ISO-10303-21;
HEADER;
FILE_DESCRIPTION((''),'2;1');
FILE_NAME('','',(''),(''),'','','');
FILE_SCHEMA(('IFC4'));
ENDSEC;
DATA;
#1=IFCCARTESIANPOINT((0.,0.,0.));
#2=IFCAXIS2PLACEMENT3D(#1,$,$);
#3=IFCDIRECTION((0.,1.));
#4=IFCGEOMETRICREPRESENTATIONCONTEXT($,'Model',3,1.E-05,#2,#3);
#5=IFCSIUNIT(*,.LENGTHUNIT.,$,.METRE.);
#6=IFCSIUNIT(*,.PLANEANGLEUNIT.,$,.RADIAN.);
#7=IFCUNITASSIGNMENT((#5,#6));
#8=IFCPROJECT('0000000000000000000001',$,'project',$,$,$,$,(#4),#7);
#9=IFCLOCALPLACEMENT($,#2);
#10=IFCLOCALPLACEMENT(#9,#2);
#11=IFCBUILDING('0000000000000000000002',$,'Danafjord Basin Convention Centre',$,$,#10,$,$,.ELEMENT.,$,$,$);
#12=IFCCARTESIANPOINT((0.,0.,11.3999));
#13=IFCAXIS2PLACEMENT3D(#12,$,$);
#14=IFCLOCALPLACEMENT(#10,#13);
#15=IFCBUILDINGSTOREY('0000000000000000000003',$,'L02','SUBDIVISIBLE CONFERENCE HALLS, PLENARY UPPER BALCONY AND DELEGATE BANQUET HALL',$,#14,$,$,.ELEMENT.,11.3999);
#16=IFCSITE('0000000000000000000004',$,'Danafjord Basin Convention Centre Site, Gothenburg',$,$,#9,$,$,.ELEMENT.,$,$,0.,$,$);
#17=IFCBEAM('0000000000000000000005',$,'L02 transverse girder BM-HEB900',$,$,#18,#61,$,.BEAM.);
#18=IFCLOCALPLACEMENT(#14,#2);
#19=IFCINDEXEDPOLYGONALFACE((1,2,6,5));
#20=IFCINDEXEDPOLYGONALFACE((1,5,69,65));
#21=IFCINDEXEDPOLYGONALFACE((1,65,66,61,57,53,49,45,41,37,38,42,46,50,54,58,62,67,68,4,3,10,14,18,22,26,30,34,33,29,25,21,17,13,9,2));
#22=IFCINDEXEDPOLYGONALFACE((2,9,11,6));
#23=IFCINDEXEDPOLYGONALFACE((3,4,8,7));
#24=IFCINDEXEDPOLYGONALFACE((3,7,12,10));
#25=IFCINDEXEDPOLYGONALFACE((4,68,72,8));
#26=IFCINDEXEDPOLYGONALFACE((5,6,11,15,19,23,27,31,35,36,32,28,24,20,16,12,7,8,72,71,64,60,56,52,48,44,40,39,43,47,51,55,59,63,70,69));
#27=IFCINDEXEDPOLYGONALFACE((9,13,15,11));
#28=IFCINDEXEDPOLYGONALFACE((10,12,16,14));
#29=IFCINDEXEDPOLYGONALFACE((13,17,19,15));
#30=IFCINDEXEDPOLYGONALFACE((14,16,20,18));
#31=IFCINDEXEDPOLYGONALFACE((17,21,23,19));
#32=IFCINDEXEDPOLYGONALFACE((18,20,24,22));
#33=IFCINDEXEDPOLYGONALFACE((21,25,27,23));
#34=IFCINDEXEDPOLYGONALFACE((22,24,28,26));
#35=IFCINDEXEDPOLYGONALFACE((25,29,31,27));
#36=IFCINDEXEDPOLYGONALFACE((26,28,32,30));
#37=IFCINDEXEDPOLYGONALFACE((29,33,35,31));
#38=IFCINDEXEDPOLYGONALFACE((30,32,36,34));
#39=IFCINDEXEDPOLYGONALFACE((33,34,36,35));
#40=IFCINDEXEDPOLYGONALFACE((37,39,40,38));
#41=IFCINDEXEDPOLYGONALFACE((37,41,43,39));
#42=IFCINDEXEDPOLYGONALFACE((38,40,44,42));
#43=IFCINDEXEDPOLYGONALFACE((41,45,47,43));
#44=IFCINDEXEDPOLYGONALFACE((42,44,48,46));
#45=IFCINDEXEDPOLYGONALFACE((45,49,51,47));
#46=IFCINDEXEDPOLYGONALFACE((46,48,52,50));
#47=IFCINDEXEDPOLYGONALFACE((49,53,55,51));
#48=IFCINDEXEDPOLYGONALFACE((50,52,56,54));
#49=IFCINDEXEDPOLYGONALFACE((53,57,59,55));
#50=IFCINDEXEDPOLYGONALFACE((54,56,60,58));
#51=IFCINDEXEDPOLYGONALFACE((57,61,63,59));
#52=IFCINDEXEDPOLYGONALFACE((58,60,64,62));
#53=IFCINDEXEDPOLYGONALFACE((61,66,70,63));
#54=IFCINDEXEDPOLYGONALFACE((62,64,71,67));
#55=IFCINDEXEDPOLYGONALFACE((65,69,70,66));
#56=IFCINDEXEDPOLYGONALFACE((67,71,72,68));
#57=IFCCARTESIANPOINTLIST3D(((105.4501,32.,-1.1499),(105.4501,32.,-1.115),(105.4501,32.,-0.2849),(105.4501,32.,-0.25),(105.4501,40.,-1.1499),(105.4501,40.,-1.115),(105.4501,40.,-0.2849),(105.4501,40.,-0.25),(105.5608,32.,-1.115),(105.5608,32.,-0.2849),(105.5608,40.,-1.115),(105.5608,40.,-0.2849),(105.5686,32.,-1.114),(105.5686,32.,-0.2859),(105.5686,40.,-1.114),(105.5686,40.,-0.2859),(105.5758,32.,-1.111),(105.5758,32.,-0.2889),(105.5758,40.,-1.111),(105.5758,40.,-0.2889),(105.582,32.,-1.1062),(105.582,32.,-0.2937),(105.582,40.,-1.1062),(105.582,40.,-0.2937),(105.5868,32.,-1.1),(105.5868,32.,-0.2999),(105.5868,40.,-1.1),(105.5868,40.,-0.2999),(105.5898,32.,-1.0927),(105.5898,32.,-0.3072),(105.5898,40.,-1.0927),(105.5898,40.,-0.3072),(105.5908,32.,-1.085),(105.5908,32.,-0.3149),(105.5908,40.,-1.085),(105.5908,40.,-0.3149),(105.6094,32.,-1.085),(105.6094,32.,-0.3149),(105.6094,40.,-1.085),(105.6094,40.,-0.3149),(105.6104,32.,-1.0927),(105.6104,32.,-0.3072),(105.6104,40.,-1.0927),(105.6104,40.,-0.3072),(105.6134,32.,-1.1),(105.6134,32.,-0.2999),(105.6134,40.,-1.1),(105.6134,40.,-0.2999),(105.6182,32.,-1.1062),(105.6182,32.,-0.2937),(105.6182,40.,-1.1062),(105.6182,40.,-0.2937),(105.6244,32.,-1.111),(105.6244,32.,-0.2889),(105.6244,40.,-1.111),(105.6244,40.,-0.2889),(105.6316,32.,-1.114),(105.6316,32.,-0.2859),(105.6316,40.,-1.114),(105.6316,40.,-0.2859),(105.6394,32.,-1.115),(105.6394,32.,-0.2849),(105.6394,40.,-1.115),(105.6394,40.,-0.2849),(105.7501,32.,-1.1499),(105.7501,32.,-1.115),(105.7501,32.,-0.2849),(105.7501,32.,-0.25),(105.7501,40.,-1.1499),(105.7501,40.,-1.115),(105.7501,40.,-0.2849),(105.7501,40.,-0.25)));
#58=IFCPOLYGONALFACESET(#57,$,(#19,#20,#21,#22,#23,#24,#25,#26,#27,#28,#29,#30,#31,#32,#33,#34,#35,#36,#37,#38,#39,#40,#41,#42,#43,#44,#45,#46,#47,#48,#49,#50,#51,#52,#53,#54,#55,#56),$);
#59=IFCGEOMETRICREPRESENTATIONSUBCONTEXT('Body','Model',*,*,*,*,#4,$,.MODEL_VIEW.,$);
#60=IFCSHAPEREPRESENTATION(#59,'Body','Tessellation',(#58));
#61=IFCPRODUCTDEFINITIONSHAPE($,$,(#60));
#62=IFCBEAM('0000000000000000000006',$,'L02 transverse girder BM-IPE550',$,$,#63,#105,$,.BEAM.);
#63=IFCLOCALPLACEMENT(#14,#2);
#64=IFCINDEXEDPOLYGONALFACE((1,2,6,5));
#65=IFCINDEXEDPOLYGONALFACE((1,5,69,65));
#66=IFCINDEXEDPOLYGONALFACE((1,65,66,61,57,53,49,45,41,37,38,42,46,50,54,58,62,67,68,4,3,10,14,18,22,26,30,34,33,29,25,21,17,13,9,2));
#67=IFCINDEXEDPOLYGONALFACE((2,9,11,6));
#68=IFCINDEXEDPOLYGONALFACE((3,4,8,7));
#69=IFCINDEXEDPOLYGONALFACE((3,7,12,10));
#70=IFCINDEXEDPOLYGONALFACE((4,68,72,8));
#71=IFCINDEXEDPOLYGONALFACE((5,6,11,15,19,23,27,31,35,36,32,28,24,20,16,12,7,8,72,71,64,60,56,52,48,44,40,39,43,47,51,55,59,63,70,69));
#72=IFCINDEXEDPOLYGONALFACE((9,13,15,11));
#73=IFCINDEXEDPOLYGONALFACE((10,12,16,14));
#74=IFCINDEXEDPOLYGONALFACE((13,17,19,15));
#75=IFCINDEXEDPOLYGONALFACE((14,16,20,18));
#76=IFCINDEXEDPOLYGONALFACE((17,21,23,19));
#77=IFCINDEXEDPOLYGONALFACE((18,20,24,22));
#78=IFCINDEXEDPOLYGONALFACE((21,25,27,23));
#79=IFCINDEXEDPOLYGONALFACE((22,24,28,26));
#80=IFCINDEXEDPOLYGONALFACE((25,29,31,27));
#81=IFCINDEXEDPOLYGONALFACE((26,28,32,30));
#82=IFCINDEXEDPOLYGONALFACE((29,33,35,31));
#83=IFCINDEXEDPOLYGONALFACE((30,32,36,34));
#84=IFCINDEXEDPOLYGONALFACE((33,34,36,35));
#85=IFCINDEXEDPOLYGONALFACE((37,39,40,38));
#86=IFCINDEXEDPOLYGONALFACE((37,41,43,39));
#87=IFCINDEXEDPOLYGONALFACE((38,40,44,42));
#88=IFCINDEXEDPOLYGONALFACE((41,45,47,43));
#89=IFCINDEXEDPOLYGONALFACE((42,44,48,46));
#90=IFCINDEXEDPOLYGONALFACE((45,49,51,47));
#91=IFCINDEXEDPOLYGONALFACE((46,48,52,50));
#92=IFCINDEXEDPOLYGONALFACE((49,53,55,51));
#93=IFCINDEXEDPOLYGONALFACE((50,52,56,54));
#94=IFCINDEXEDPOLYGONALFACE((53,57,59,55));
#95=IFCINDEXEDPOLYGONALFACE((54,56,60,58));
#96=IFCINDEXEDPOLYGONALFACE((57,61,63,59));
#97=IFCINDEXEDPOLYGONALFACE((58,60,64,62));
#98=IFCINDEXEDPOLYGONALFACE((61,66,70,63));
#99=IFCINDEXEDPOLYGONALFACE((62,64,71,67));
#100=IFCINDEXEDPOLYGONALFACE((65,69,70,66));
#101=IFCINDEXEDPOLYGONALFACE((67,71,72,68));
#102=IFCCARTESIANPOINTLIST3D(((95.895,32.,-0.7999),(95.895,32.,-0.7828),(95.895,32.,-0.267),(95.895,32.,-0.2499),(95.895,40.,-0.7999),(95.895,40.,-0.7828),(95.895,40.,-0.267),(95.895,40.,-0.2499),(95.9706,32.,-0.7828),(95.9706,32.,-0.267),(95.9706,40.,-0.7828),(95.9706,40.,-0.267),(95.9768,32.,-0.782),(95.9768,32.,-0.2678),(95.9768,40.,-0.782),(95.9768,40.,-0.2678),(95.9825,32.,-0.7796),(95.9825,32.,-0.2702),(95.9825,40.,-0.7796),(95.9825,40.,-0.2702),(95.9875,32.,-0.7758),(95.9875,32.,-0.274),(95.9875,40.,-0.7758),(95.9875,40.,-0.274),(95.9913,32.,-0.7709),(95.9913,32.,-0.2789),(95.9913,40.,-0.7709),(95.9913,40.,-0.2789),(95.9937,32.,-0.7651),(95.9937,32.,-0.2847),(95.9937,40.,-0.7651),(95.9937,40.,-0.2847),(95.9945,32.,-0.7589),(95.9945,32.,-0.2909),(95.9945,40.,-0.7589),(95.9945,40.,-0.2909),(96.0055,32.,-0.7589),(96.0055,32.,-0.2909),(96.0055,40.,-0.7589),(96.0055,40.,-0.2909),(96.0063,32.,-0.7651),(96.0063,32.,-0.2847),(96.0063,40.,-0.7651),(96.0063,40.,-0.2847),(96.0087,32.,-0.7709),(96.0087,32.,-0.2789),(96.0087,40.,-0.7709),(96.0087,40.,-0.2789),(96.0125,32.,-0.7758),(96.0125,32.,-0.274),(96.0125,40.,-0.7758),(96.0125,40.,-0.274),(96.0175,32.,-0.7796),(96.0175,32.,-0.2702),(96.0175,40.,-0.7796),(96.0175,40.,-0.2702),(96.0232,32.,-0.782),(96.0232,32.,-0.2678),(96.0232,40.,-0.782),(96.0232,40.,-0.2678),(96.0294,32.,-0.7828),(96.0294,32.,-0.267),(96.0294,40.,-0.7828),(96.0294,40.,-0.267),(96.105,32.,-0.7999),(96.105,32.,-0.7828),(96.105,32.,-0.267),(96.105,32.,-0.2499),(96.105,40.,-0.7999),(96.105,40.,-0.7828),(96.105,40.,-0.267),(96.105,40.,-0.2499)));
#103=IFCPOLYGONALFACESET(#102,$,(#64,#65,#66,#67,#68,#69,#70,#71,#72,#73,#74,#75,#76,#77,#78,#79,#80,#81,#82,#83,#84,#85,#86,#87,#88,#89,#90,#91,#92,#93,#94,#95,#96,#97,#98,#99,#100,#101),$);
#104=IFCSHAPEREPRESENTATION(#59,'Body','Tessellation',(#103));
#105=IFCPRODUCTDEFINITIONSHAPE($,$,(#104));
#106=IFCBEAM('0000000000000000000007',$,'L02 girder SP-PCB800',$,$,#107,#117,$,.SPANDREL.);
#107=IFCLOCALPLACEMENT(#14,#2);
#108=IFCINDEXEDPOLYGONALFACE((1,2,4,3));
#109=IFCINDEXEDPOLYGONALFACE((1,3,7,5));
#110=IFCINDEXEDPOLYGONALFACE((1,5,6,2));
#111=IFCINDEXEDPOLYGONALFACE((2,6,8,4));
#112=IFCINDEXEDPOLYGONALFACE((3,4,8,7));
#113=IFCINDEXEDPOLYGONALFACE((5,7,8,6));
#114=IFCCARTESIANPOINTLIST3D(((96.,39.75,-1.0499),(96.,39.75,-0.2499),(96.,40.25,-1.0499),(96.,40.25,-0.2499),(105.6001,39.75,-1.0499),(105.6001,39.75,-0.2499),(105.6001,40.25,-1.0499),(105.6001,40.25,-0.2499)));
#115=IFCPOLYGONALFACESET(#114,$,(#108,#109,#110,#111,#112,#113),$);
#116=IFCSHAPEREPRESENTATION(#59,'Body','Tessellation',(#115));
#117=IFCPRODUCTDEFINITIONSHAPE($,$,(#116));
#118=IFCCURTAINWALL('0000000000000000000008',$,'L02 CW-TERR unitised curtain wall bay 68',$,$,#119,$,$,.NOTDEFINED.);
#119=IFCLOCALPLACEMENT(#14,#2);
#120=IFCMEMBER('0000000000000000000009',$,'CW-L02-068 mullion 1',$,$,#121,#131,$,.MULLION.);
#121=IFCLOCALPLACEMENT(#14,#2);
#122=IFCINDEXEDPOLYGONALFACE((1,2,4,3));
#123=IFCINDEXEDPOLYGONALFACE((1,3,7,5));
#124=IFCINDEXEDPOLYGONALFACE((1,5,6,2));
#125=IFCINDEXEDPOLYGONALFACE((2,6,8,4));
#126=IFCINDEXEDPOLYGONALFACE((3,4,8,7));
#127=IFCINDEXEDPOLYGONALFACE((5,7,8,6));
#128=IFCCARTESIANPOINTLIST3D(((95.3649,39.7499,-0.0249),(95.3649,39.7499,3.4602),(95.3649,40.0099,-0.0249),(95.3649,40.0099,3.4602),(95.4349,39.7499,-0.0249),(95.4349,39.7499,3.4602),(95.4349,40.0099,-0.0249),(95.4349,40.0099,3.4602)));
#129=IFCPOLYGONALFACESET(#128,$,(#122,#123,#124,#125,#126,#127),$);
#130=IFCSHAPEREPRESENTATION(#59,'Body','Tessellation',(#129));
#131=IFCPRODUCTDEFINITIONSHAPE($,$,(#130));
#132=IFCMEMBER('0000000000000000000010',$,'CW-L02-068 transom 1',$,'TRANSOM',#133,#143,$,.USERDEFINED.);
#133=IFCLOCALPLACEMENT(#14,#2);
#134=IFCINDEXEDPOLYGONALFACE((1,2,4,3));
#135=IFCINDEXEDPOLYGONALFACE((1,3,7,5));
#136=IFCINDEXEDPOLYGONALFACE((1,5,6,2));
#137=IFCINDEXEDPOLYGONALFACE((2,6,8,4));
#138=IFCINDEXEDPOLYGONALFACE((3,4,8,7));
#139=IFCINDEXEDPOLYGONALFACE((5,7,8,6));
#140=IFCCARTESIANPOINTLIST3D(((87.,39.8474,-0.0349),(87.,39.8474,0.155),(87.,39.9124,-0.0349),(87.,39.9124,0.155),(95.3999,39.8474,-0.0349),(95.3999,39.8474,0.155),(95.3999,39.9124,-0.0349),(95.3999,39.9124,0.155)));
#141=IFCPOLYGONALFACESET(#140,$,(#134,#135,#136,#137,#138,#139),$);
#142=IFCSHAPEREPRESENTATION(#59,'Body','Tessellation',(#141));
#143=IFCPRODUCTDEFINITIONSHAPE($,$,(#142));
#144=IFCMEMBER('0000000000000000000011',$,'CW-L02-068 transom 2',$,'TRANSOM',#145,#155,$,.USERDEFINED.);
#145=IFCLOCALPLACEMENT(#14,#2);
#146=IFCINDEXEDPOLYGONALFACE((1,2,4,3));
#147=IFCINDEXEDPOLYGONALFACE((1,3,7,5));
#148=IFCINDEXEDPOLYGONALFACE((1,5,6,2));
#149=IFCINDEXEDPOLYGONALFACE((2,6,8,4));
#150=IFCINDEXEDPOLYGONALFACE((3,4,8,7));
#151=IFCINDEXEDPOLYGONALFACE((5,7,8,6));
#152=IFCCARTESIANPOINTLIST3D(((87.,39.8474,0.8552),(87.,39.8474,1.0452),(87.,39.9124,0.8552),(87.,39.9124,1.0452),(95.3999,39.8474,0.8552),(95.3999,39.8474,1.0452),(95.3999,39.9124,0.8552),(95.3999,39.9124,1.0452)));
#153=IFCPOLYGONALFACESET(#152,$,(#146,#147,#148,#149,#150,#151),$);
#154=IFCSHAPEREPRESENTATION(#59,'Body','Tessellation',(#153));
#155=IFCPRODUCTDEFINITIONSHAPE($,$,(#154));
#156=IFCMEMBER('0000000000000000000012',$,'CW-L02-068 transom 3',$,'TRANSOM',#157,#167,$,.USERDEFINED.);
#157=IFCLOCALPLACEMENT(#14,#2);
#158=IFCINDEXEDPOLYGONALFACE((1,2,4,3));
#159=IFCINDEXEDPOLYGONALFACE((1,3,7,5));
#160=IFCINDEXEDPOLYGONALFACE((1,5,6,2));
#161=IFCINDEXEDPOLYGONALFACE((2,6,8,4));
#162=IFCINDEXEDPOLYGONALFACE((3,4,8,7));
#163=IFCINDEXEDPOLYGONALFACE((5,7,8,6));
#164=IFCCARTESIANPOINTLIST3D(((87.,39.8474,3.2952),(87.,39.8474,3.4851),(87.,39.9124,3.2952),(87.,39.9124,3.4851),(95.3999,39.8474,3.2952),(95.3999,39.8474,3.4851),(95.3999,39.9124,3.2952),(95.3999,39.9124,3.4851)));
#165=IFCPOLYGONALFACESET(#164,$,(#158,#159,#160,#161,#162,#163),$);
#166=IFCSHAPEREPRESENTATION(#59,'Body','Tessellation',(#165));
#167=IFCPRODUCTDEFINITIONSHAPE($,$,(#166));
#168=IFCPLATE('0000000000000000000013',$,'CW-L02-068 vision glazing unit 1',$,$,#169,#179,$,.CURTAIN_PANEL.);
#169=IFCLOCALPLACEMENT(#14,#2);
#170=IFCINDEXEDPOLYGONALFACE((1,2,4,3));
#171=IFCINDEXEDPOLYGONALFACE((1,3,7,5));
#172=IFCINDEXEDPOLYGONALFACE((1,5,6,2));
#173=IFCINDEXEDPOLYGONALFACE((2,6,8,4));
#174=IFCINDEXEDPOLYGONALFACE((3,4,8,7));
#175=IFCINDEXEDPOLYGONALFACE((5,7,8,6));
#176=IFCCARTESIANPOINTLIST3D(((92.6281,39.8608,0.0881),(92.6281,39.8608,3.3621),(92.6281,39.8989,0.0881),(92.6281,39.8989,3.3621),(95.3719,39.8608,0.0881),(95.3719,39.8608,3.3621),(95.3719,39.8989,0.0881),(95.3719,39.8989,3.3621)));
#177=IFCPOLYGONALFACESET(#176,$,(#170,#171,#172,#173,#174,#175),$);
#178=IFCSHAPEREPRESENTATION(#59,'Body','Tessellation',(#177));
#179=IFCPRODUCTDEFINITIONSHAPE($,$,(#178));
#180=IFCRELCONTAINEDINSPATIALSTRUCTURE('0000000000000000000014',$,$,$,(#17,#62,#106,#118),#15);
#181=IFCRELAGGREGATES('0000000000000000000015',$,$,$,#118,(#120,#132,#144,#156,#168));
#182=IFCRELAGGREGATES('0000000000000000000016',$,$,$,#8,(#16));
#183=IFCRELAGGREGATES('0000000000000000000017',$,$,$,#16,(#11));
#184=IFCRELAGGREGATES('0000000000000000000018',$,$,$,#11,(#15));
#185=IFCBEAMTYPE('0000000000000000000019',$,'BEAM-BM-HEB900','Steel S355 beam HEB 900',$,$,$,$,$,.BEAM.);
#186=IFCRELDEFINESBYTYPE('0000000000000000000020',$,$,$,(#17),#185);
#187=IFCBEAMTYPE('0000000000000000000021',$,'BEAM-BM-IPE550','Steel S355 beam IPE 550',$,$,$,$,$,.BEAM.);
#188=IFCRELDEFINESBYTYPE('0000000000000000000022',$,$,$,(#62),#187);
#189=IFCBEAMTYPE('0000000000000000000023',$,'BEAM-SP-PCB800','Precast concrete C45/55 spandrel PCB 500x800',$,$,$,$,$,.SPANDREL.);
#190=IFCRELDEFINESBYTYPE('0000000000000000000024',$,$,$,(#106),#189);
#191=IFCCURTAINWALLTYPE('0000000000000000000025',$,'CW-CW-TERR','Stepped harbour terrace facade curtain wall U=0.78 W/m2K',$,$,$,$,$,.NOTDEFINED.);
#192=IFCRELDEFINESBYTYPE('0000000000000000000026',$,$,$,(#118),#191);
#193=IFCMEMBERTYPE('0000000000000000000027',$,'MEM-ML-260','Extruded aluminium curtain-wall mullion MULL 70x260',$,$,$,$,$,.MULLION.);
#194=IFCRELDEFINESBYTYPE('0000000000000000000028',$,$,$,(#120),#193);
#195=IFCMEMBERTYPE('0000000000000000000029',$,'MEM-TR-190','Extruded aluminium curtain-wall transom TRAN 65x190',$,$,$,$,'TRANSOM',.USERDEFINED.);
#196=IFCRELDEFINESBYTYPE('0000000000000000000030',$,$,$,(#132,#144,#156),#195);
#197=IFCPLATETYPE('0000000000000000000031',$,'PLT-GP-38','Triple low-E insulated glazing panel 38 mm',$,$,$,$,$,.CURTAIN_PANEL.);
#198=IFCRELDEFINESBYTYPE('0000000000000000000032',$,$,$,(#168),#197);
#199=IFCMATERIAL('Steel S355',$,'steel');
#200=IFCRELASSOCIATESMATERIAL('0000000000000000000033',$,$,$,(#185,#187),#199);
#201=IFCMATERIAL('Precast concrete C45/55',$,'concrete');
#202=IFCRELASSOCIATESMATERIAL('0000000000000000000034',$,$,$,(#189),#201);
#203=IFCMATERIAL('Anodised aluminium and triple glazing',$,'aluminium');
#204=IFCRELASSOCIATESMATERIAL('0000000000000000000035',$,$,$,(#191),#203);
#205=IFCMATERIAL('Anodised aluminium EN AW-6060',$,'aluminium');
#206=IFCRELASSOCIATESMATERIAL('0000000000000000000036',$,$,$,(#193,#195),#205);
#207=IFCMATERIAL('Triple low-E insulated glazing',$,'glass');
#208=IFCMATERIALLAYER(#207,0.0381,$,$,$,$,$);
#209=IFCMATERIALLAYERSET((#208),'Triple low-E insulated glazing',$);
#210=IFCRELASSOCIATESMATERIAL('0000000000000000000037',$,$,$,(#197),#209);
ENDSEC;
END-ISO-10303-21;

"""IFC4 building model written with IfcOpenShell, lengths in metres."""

from ifc_helpers import new_model, si_unit, direction, frame, origin, origin_2d, place, context, subcontext, project, spatial, rectangle, i_section, extrude, material, layer, layer_set, material_profile, profile_set, type_object, element, aggregate, save


model = new_model("IFC4")

# Units and contexts
model_context = context("Model", 3, precision=1e-05, world=origin(), true_north=direction((0.0, 1.0)))
body_context = subcontext(model_context, "Body", "Model", "MODEL_VIEW")
ifc_project = project(units=[si_unit("LENGTHUNIT", "METRE"), si_unit("PLANEANGLEUNIT", "RADIAN")], contexts=[model_context])

# Site, building, storey
site_placement = place(None, origin())
site = spatial("IfcSite", under=ifc_project, at=site_placement, Name="Danafjord Basin Convention Centre Site, Gothenburg", CompositionType="ELEMENT", RefElevation=0.0)
building_placement = place(site_placement, origin())
building = spatial("IfcBuilding", under=site, at=building_placement, Name="Danafjord Basin Convention Centre", CompositionType="ELEMENT")
storey_placement = place(building_placement, frame((0.0, 0.0, 11.3999)))
storey = spatial("IfcBuildingStorey", under=building, at=storey_placement, Name="L02", Description="SUBDIVISIBLE CONFERENCE HALLS, PLENARY UPPER BALCONY AND DELEGATE BANQUET HALL", CompositionType="ELEMENT", Elevation=11.3999)

# Shared definitions
ifc_material_1 = material(Name="Steel S355", Category="steel")

# Beams
ifc_material_profile_1 = material_profile(ifc_material_1, i_section(OverallWidth=0.3, OverallDepth=0.8999, WebThickness=0.0186, FlangeThickness=0.0349, FilletRadius=0.03, at=origin_2d()), Name="HEB 900")
ifc_profile_set_1 = profile_set([ifc_material_profile_1], Name="Steel S355")
beam_type_1 = type_object("IfcBeamType", Name="BEAM-BM-HEB900", Description="Steel S355 beam HEB 900", PredefinedType="BEAM", material=ifc_profile_set_1)
beam_1_placement = place(storey_placement, frame((105.6001, 32.0, -0.7), z_axis=(0.0, 1.0, 0.0), x_axis=(-1.0, 0.0, 0.0)))
element("IfcBeam", 1, at=beam_1_placement, inside=storey, type_object=beam_type_1, Name="L02 transverse girder BM-HEB900", PredefinedType="BEAM", context=body_context, shape_type="SweptSolid", body=[
    extrude(i_section(OverallWidth=0.3, OverallDepth=0.8999, WebThickness=0.0186, FlangeThickness=0.0349, FilletRadius=0.03, at=origin_2d()), origin(), (0.0, 0.0, 1.0), 8.0),
])
ifc_material_profile_2 = material_profile(ifc_material_1, i_section(OverallWidth=0.21, OverallDepth=0.55, WebThickness=0.011, FlangeThickness=0.0171, FilletRadius=0.0239, at=origin_2d()), Name="IPE 550")
ifc_profile_set_2 = profile_set([ifc_material_profile_2], Name="Steel S355")
beam_type_2 = type_object("IfcBeamType", Name="BEAM-BM-IPE550", Description="Steel S355 beam IPE 550", PredefinedType="BEAM", material=ifc_profile_set_2)
beam_2_placement = place(storey_placement, frame((96.0, 32.0, -0.5249), z_axis=(0.0, 1.0, 0.0), x_axis=(-1.0, 0.0, 0.0)))
element("IfcBeam", 2, at=beam_2_placement, inside=storey, type_object=beam_type_2, Name="L02 transverse girder BM-IPE550", PredefinedType="BEAM", context=body_context, shape_type="SweptSolid", body=[
    extrude(i_section(OverallWidth=0.21, OverallDepth=0.55, WebThickness=0.011, FlangeThickness=0.0171, FilletRadius=0.0239, at=origin_2d()), origin(), (0.0, 0.0, 1.0), 8.0),
])
ifc_material_2 = material(Name="Precast concrete C45/55", Category="concrete")
ifc_material_profile_3 = material_profile(ifc_material_2, rectangle(XDim=0.5, YDim=0.8, at=origin_2d()), Name="PCB 500x800")
ifc_profile_set_3 = profile_set([ifc_material_profile_3], Name="Precast concrete C45/55")
beam_type_3 = type_object("IfcBeamType", Name="BEAM-SP-PCB800", Description="Precast concrete C45/55 spandrel PCB 500x800", PredefinedType="SPANDREL", material=ifc_profile_set_3)
beam_3_placement = place(storey_placement, frame((96.0, 40.0, -0.6499), z_axis=(1.0, 0.0, 0.0), x_axis=(0.0, 1.0, 0.0)))
element("IfcBeam", 3, at=beam_3_placement, inside=storey, type_object=beam_type_3, Name="L02 girder SP-PCB800", PredefinedType="SPANDREL", context=body_context, shape_type="SweptSolid", body=[
    extrude(rectangle(XDim=0.5, YDim=0.8, at=origin_2d()), origin(), (0.0, 0.0, 1.0), 9.6001),
])

# Curtain wall, members, plate
ifc_material_3 = material(Name="Anodised aluminium and triple glazing", Category="aluminium")
curtain_wall_type = type_object("IfcCurtainWallType", Name="CW-CW-TERR", Description="Stepped harbour terrace facade curtain wall U=0.78 W/m2K", PredefinedType="NOTDEFINED", material=ifc_material_3)
curtain_wall_placement = place(storey_placement, origin())
curtain_wall = element("IfcCurtainWall", 4, at=curtain_wall_placement, inside=storey, type_object=curtain_wall_type, Name="L02 CW-TERR unitised curtain wall bay 68", PredefinedType="NOTDEFINED")
ifc_material_4 = material(Name="Anodised aluminium EN AW-6060", Category="aluminium")
ifc_material_profile_4 = material_profile(ifc_material_4, rectangle(XDim=0.0701, YDim=0.26, at=origin_2d()), Name="MULL 70x260")
ifc_profile_set_4 = profile_set([ifc_material_profile_4], Name="Anodised aluminium EN AW-6060")
member_type_1 = type_object("IfcMemberType", Name="MEM-ML-260", Description="Extruded aluminium curtain-wall mullion MULL 70x260", PredefinedType="MULLION", material=ifc_profile_set_4)
member_1_placement = place(storey_placement, frame((95.3999, 39.8799, -0.0249), z_axis=(0.0, 0.0, 1.0), x_axis=(-1.0, 0.0, 0.0)))
member_1 = element("IfcMember", 5, at=member_1_placement, type_object=member_type_1, Name="CW-L02-068 mullion 1", PredefinedType="MULLION", context=body_context, shape_type="SweptSolid", body=[
    extrude(rectangle(XDim=0.0701, YDim=0.26, at=origin_2d()), origin(), (0.0, 0.0, 1.0), 3.4851),
])
ifc_material_profile_5 = material_profile(ifc_material_4, rectangle(XDim=0.0649, YDim=0.1899, at=origin_2d()), Name="TRAN 65x190")
ifc_profile_set_5 = profile_set([ifc_material_profile_5], Name="Anodised aluminium EN AW-6060")
member_type_2 = type_object("IfcMemberType", Name="MEM-TR-190", Description="Extruded aluminium curtain-wall transom TRAN 65x190", ElementType="TRANSOM", PredefinedType="USERDEFINED", material=ifc_profile_set_5)
member_2_placement = place(storey_placement, frame((95.3999, 39.8799, 0.0601), z_axis=(-1.0, 0.0, 0.0), x_axis=(0.0, -1.0, 0.0)))
member_2 = element("IfcMember", 6, at=member_2_placement, type_object=member_type_2, Name="CW-L02-068 transom 1", ObjectType="TRANSOM", PredefinedType="USERDEFINED", context=body_context, shape_type="SweptSolid", body=[
    extrude(rectangle(XDim=0.0649, YDim=0.1899, at=origin_2d()), origin(), (0.0, 0.0, 1.0), 8.3999),
])
member_3_placement = place(storey_placement, frame((95.3999, 39.8799, 0.9502), z_axis=(-1.0, 0.0, 0.0), x_axis=(0.0, -1.0, 0.0)))
member_3 = element("IfcMember", 7, at=member_3_placement, type_object=member_type_2, Name="CW-L02-068 transom 2", ObjectType="TRANSOM", PredefinedType="USERDEFINED", context=body_context, shape_type="SweptSolid", body=[
    extrude(rectangle(XDim=0.0649, YDim=0.1899, at=origin_2d()), origin(), (0.0, 0.0, 1.0), 8.3999),
])
member_4_placement = place(storey_placement, frame((95.3999, 39.8799, 3.3901), z_axis=(-1.0, 0.0, 0.0), x_axis=(0.0, -1.0, 0.0)))
member_4 = element("IfcMember", 8, at=member_4_placement, type_object=member_type_2, Name="CW-L02-068 transom 3", ObjectType="TRANSOM", PredefinedType="USERDEFINED", context=body_context, shape_type="SweptSolid", body=[
    extrude(rectangle(XDim=0.0649, YDim=0.1899, at=origin_2d()), origin(), (0.0, 0.0, 1.0), 8.3999),
])
ifc_material_5 = material(Name="Triple low-E insulated glazing", Category="glass")
ifc_layer_1 = layer(ifc_material_5, 0.0381)
ifc_layer_set_1 = layer_set([ifc_layer_1], Name="Triple low-E insulated glazing")
plate_type = type_object("IfcPlateType", Name="PLT-GP-38", Description="Triple low-E insulated glazing panel 38 mm", PredefinedType="CURTAIN_PANEL", material=ifc_layer_set_1)
plate_placement = place(storey_placement, frame((94.0, 39.8799, 0.0881), z_axis=(0.0, 0.0, 1.0), x_axis=(-1.0, 0.0, 0.0)))
plate = element("IfcPlate", 9, at=plate_placement, type_object=plate_type, Name="CW-L02-068 vision glazing unit 1", PredefinedType="CURTAIN_PANEL", context=body_context, shape_type="SweptSolid", body=[
    extrude(rectangle(XDim=2.7439, YDim=0.0381, at=origin_2d()), origin(), (0.0, 0.0, 1.0), 3.2739),
])
aggregate(curtain_wall, [member_1, member_2, member_3, member_4, plate])

save(model, "model.ifc")
